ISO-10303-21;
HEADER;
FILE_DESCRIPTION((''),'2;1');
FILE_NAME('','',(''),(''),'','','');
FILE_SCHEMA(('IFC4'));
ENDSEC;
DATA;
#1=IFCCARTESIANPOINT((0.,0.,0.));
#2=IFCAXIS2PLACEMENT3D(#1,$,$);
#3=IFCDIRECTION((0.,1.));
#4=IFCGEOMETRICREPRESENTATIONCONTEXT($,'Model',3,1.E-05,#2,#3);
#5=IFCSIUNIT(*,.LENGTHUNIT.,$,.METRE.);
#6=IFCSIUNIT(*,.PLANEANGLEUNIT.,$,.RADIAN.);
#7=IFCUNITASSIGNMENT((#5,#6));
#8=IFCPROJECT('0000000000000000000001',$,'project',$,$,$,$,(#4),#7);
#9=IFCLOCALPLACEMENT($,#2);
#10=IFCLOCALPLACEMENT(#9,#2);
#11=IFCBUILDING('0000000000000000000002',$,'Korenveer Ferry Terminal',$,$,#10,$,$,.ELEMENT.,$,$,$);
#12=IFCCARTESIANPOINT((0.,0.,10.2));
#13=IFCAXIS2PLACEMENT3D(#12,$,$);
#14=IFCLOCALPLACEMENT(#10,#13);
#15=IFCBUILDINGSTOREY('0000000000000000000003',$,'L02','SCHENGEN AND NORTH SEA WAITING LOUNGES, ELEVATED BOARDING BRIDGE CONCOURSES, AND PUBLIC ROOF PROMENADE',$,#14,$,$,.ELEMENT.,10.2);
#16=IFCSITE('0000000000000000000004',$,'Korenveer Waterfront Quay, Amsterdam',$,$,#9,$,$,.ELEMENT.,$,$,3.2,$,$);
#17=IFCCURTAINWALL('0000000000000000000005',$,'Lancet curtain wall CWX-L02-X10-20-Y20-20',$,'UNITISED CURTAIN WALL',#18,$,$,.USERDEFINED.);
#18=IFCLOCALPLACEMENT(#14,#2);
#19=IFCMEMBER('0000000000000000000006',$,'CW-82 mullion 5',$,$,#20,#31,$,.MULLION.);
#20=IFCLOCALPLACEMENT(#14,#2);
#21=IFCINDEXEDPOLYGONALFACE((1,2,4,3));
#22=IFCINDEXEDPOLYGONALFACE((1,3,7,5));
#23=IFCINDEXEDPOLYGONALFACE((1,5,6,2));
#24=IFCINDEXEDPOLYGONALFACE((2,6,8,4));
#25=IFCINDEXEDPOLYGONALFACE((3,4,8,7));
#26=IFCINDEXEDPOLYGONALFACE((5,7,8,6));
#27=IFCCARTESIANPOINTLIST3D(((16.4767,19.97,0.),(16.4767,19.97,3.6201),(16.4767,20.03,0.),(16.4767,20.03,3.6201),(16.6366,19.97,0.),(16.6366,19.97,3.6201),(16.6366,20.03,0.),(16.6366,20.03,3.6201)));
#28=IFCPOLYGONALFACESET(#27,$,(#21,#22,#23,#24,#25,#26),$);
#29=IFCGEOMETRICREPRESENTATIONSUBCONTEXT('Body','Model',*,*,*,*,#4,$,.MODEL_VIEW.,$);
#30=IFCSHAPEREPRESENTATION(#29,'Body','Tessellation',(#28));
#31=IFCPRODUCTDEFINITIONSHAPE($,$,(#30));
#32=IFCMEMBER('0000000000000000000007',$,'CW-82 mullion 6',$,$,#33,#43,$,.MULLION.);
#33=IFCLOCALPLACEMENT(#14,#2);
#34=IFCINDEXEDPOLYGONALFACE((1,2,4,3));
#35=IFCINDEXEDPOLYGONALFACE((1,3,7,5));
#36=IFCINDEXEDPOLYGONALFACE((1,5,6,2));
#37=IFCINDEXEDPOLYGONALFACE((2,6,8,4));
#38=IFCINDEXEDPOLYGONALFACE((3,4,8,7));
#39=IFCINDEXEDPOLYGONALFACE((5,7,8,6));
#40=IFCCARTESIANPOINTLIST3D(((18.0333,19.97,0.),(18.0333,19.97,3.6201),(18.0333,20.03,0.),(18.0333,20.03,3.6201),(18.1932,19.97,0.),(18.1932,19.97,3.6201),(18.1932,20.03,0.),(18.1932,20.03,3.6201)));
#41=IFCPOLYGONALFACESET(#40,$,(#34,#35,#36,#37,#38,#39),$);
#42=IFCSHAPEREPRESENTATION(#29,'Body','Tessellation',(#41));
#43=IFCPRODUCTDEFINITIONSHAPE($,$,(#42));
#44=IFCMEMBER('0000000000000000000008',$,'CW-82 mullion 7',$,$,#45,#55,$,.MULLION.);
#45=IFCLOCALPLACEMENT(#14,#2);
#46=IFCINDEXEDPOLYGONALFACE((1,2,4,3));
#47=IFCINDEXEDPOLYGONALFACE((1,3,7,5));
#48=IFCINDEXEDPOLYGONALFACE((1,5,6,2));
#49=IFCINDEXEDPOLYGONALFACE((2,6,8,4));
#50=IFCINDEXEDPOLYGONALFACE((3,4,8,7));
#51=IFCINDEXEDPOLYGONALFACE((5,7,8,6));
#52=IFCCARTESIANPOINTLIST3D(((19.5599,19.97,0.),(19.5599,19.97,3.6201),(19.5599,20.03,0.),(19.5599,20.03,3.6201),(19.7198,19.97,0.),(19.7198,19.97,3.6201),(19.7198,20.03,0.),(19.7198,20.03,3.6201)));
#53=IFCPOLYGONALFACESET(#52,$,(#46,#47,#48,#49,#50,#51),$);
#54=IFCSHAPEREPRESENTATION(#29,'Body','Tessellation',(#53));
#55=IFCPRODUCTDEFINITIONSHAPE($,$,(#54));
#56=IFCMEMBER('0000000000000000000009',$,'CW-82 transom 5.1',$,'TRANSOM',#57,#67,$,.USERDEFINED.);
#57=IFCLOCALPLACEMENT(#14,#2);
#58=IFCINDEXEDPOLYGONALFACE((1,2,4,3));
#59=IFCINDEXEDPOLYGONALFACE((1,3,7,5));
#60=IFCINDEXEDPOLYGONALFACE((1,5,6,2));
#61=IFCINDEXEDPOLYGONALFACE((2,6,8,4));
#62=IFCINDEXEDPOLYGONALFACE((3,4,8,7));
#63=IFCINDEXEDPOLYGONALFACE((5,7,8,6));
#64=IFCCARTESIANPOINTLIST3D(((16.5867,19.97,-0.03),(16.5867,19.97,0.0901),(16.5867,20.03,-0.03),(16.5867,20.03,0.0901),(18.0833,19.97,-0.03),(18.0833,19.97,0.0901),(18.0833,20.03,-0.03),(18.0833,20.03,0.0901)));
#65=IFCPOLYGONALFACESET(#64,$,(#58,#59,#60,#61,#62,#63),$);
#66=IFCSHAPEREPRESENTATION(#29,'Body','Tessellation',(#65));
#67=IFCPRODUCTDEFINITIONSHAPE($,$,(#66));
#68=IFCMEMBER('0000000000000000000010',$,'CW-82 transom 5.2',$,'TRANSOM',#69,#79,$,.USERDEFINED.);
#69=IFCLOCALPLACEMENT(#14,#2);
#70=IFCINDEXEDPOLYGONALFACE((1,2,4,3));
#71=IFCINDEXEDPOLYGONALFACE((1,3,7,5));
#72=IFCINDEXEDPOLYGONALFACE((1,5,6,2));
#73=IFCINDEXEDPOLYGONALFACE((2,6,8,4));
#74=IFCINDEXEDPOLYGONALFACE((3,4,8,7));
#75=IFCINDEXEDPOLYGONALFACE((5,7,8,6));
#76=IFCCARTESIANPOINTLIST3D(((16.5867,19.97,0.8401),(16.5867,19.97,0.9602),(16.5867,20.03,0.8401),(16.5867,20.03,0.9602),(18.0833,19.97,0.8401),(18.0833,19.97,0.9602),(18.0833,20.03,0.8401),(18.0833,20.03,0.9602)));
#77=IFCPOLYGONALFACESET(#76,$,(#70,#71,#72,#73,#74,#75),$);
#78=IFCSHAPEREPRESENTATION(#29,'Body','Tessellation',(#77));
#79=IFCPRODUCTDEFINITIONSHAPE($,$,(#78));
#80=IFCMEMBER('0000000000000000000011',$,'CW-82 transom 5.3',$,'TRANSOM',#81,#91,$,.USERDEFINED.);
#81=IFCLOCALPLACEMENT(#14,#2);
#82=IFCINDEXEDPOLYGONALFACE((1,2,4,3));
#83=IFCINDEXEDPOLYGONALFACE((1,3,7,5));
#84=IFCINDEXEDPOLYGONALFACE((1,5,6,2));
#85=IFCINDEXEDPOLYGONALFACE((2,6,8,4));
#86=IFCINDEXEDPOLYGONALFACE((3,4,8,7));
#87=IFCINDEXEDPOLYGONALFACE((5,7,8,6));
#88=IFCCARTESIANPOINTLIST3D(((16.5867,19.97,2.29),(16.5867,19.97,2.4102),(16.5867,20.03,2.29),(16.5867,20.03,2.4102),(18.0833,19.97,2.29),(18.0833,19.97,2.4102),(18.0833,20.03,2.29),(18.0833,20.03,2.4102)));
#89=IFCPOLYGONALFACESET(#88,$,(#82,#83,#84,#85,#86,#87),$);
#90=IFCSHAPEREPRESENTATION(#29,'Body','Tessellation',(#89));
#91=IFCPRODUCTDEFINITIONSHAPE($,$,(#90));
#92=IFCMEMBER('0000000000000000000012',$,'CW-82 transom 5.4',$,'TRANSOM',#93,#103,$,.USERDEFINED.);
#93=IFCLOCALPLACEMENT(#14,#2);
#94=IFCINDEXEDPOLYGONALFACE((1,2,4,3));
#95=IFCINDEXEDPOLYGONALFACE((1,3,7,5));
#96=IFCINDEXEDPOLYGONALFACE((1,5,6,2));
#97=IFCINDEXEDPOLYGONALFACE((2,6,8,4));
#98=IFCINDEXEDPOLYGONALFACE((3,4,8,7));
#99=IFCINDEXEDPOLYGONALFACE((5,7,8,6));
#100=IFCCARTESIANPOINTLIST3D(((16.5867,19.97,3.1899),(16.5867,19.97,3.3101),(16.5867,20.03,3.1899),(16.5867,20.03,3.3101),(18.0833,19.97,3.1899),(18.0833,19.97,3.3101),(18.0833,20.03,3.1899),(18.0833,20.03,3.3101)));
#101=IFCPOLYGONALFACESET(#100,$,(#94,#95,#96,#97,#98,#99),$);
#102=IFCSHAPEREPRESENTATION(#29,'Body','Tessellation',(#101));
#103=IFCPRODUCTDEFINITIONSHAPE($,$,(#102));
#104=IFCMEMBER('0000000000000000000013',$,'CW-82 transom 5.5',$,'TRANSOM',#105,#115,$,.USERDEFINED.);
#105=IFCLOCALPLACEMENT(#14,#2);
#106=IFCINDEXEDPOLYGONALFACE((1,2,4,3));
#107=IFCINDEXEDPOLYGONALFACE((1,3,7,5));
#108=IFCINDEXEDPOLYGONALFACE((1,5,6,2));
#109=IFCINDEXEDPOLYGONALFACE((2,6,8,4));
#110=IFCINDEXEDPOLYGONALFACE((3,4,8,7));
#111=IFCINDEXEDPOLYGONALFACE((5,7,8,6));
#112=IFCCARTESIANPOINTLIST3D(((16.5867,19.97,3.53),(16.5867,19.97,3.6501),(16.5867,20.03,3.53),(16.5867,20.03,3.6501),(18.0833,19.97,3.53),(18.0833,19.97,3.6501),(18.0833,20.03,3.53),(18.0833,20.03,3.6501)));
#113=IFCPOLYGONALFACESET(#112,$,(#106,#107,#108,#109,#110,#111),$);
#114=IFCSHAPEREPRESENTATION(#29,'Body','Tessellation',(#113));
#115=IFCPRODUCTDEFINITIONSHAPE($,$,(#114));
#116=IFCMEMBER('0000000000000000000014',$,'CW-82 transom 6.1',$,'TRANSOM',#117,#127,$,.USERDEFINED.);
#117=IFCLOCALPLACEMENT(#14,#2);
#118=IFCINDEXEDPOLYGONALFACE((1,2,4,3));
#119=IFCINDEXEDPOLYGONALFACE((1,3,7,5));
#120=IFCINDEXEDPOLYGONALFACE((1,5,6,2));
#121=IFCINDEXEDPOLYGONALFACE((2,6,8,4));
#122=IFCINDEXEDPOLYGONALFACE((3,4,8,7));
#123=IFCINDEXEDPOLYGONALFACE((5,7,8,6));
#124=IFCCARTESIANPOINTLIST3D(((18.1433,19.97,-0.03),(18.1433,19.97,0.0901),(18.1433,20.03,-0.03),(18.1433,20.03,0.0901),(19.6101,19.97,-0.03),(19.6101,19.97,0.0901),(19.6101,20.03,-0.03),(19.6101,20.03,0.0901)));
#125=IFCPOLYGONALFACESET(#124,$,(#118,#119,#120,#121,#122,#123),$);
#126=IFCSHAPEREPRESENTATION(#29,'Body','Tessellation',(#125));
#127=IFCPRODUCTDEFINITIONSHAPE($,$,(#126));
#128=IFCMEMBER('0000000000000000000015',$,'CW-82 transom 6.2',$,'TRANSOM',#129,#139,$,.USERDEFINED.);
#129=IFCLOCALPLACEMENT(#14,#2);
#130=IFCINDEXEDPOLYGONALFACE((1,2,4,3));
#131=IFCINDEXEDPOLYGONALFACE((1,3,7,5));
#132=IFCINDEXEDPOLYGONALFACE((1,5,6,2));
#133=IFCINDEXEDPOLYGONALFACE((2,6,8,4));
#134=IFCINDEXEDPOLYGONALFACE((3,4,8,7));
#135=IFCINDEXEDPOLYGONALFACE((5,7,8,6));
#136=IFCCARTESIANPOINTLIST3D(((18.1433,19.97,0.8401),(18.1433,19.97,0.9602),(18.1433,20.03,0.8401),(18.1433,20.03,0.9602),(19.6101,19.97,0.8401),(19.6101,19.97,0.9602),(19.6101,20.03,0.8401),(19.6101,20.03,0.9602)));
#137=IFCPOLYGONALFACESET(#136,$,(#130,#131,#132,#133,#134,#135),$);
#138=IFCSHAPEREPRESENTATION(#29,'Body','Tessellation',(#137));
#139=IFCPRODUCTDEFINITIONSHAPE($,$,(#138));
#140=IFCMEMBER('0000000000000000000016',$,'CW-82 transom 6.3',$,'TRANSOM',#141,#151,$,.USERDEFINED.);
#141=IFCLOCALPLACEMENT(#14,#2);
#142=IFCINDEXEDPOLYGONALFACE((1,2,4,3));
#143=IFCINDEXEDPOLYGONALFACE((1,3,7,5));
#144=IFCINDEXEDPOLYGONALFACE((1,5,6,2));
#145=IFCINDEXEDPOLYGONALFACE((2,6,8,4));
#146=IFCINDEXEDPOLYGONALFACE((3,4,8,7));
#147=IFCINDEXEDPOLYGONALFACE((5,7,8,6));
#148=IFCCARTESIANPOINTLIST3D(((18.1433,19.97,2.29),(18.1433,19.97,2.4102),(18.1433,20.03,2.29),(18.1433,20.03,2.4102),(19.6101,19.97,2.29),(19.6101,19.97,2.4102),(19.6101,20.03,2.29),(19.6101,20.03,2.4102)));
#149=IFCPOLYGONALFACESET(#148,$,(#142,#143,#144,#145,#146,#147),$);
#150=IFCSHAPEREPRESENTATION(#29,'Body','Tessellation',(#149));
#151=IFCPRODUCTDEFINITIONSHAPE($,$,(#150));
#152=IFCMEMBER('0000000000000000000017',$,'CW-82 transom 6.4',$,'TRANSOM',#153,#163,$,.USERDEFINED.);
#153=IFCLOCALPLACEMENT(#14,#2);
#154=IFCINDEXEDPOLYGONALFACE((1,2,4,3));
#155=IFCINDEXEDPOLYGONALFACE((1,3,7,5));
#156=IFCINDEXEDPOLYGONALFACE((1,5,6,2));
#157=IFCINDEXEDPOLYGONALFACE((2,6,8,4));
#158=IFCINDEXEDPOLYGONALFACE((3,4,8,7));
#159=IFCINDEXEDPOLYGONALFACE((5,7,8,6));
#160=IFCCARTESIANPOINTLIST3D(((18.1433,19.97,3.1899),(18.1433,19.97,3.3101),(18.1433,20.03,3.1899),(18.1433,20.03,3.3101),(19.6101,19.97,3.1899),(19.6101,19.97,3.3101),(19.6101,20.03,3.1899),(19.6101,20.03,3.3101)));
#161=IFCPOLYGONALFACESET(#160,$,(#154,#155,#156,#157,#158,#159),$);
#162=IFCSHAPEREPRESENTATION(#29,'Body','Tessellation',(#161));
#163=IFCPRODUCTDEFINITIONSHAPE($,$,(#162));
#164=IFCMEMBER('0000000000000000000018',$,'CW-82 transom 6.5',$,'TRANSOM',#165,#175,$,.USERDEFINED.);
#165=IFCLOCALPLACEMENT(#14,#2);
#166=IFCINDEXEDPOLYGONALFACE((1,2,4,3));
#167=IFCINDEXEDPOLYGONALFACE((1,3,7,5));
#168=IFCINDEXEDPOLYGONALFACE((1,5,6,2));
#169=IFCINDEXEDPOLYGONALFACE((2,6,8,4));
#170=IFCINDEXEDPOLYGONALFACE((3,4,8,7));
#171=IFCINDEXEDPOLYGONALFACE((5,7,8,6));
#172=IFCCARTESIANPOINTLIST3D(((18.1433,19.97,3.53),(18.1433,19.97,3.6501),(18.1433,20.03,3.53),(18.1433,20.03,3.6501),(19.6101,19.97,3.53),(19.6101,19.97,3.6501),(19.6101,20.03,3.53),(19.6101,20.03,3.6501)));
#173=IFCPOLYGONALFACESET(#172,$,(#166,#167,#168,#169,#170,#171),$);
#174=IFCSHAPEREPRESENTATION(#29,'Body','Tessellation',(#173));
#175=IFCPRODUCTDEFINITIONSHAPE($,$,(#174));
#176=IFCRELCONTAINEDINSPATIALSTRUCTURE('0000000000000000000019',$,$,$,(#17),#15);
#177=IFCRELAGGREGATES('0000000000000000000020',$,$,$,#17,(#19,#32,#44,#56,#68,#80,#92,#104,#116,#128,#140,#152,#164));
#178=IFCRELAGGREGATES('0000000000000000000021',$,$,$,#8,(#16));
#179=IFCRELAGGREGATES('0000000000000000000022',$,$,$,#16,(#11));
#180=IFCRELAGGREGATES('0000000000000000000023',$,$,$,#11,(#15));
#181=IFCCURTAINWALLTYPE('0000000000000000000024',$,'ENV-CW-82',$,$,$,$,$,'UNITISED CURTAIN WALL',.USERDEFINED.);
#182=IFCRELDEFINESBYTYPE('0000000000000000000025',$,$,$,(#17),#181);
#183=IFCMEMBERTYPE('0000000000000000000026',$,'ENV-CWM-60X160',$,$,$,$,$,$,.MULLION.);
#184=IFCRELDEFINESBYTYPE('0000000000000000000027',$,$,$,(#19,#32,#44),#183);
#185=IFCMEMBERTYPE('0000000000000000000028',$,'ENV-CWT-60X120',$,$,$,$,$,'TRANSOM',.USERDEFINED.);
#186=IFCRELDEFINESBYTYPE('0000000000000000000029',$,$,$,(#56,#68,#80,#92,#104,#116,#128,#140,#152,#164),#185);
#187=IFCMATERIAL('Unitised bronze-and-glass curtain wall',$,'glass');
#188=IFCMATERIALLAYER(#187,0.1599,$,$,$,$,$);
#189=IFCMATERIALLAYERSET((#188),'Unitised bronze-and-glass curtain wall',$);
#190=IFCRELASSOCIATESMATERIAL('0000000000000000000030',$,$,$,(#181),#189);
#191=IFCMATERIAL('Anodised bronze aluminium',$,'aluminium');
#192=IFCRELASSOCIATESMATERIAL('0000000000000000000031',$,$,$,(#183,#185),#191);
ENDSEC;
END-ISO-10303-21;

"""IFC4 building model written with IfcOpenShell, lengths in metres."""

from ifc_helpers import new_model, si_unit, direction, frame, origin, origin_2d, place, context, subcontext, project, spatial, rectangle, extrude, material, layer, layer_set, material_profile, profile_set, type_object, element, aggregate, save


model = new_model("IFC4")

# Units and contexts
model_context = context("Model", 3, precision=1e-05, world=origin(), true_north=direction((0.0, 1.0)))
body_context = subcontext(model_context, "Body", "Model", "MODEL_VIEW")
ifc_project = project(units=[si_unit("LENGTHUNIT", "METRE"), si_unit("PLANEANGLEUNIT", "RADIAN")], contexts=[model_context])

# Site, building, storey
site_placement = place(None, origin())
site = spatial("IfcSite", under=ifc_project, at=site_placement, Name="Korenveer Waterfront Quay, Amsterdam", CompositionType="ELEMENT", RefElevation=3.2)
building_placement = place(site_placement, origin())
building = spatial("IfcBuilding", under=site, at=building_placement, Name="Korenveer Ferry Terminal", CompositionType="ELEMENT")
storey_placement = place(building_placement, frame((0.0, 0.0, 10.2)))
storey = spatial("IfcBuildingStorey", under=building, at=storey_placement, Name="L02", Description="SCHENGEN AND NORTH SEA WAITING LOUNGES, ELEVATED BOARDING BRIDGE CONCOURSES, AND PUBLIC ROOF PROMENADE", CompositionType="ELEMENT", Elevation=10.2)

# Curtain wall, members
ifc_material_1 = material(Name="Unitised bronze-and-glass curtain wall", Category="glass")
ifc_layer_1 = layer(ifc_material_1, 0.1599)
ifc_layer_set_1 = layer_set([ifc_layer_1], Name="Unitised bronze-and-glass curtain wall")
curtain_wall_type = type_object("IfcCurtainWallType", Name="ENV-CW-82", ElementType="UNITISED CURTAIN WALL", PredefinedType="USERDEFINED", material=ifc_layer_set_1)
curtain_wall_placement = place(storey_placement, frame((10.3301, 20.0, 0.0)))
curtain_wall = element("IfcCurtainWall", 1, at=curtain_wall_placement, inside=storey, type_object=curtain_wall_type, Name="Lancet curtain wall CWX-L02-X10-20-Y20-20", ObjectType="UNITISED CURTAIN WALL", PredefinedType="USERDEFINED")
ifc_material_2 = material(Name="Anodised bronze aluminium", Category="aluminium")
ifc_material_profile_1 = material_profile(ifc_material_2, rectangle(XDim=0.0601, YDim=0.1599, at=origin_2d()), Name="ALU 60x160")
ifc_profile_set_1 = profile_set([ifc_material_profile_1], Name="Anodised bronze aluminium")
member_type_1 = type_object("IfcMemberType", Name="ENV-CWM-60X160", PredefinedType="MULLION", material=ifc_profile_set_1)
member_1_placement = place(storey_placement, frame((16.5566, 20.0, 0.0), z_axis=(0.0, 0.0, 1.0), x_axis=(0.0, 1.0, 0.0)))
member_1 = element("IfcMember", 2, at=member_1_placement, type_object=member_type_1, Name="CW-82 mullion 5", PredefinedType="MULLION", context=body_context, shape_type="SweptSolid", body=[
    extrude(rectangle(XDim=0.0601, YDim=0.1599, at=origin_2d()), origin(), (0.0, 0.0, 1.0), 3.6201),
])
member_2_placement = place(storey_placement, frame((18.1133, 20.0, 0.0), z_axis=(0.0, 0.0, 1.0), x_axis=(0.0, 1.0, 0.0)))
member_2 = element("IfcMember", 3, at=member_2_placement, type_object=member_type_1, Name="CW-82 mullion 6", PredefinedType="MULLION", context=body_context, shape_type="SweptSolid", body=[
    extrude(rectangle(XDim=0.0601, YDim=0.1599, at=origin_2d()), origin(), (0.0, 0.0, 1.0), 3.6201),
])
member_3_placement = place(storey_placement, frame((19.6399, 20.0, 0.0), z_axis=(0.0, 0.0, 1.0), x_axis=(0.0, 1.0, 0.0)))
member_3 = element("IfcMember", 4, at=member_3_placement, type_object=member_type_1, Name="CW-82 mullion 7", PredefinedType="MULLION", context=body_context, shape_type="SweptSolid", body=[
    extrude(rectangle(XDim=0.0601, YDim=0.1599, at=origin_2d()), origin(), (0.0, 0.0, 1.0), 3.6201),
])
ifc_material_profile_2 = material_profile(ifc_material_2, rectangle(XDim=0.0601, YDim=0.1201, at=origin_2d()), Name="ALU 60x120")
ifc_profile_set_2 = profile_set([ifc_material_profile_2], Name="Anodised bronze aluminium")
member_type_2 = type_object("IfcMemberType", Name="ENV-CWT-60X120", ElementType="TRANSOM", PredefinedType="USERDEFINED", material=ifc_profile_set_2)
member_4_placement = place(storey_placement, frame((16.5867, 20.0, 0.03), z_axis=(1.0, 0.0, 0.0), x_axis=(0.0, 1.0, 0.0)))
member_4 = element("IfcMember", 5, at=member_4_placement, type_object=member_type_2, Name="CW-82 transom 5.1", ObjectType="TRANSOM", PredefinedType="USERDEFINED", context=body_context, shape_type="SweptSolid", body=[
    extrude(rectangle(XDim=0.0601, YDim=0.1201, at=origin_2d()), origin(), (0.0, 0.0, 1.0), 1.4966),
])
member_5_placement = place(storey_placement, frame((16.5867, 20.0, 0.9001), z_axis=(1.0, 0.0, 0.0), x_axis=(0.0, 1.0, 0.0)))
member_5 = element("IfcMember", 6, at=member_5_placement, type_object=member_type_2, Name="CW-82 transom 5.2", ObjectType="TRANSOM", PredefinedType="USERDEFINED", context=body_context, shape_type="SweptSolid", body=[
    extrude(rectangle(XDim=0.0601, YDim=0.1201, at=origin_2d()), origin(), (0.0, 0.0, 1.0), 1.4966),
])
member_6_placement = place(storey_placement, frame((16.5867, 20.0, 2.3501), z_axis=(1.0, 0.0, 0.0), x_axis=(0.0, 1.0, 0.0)))
member_6 = element("IfcMember", 7, at=member_6_placement, type_object=member_type_2, Name="CW-82 transom 5.3", ObjectType="TRANSOM", PredefinedType="USERDEFINED", context=body_context, shape_type="SweptSolid", body=[
    extrude(rectangle(XDim=0.0601, YDim=0.1201, at=origin_2d()), origin(), (0.0, 0.0, 1.0), 1.4966),
])
member_7_placement = place(storey_placement, frame((16.5867, 20.0, 3.25), z_axis=(1.0, 0.0, 0.0), x_axis=(0.0, 1.0, 0.0)))
member_7 = element("IfcMember", 8, at=member_7_placement, type_object=member_type_2, Name="CW-82 transom 5.4", ObjectType="TRANSOM", PredefinedType="USERDEFINED", context=body_context, shape_type="SweptSolid", body=[
    extrude(rectangle(XDim=0.0601, YDim=0.1201, at=origin_2d()), origin(), (0.0, 0.0, 1.0), 1.4966),
])
member_8_placement = place(storey_placement, frame((16.5867, 20.0, 3.5901), z_axis=(1.0, 0.0, 0.0), x_axis=(0.0, 1.0, 0.0)))
member_8 = element("IfcMember", 9, at=member_8_placement, type_object=member_type_2, Name="CW-82 transom 5.5", ObjectType="TRANSOM", PredefinedType="USERDEFINED", context=body_context, shape_type="SweptSolid", body=[
    extrude(rectangle(XDim=0.0601, YDim=0.1201, at=origin_2d()), origin(), (0.0, 0.0, 1.0), 1.4966),
])
member_9_placement = place(storey_placement, frame((18.1433, 20.0, 0.03), z_axis=(1.0, 0.0, 0.0), x_axis=(0.0, 1.0, 0.0)))
member_9 = element("IfcMember", 10, at=member_9_placement, type_object=member_type_2, Name="CW-82 transom 6.1", ObjectType="TRANSOM", PredefinedType="USERDEFINED", context=body_context, shape_type="SweptSolid", body=[
    extrude(rectangle(XDim=0.0601, YDim=0.1201, at=origin_2d()), origin(), (0.0, 0.0, 1.0), 1.4668),
])
member_10_placement = place(storey_placement, frame((18.1433, 20.0, 0.9001), z_axis=(1.0, 0.0, 0.0), x_axis=(0.0, 1.0, 0.0)))
member_10 = element("IfcMember", 11, at=member_10_placement, type_object=member_type_2, Name="CW-82 transom 6.2", ObjectType="TRANSOM", PredefinedType="USERDEFINED", context=body_context, shape_type="SweptSolid", body=[
    extrude(rectangle(XDim=0.0601, YDim=0.1201, at=origin_2d()), origin(), (0.0, 0.0, 1.0), 1.4668),
])
member_11_placement = place(storey_placement, frame((18.1433, 20.0, 2.3501), z_axis=(1.0, 0.0, 0.0), x_axis=(0.0, 1.0, 0.0)))
member_11 = element("IfcMember", 12, at=member_11_placement, type_object=member_type_2, Name="CW-82 transom 6.3", ObjectType="TRANSOM", PredefinedType="USERDEFINED", context=body_context, shape_type="SweptSolid", body=[
    extrude(rectangle(XDim=0.0601, YDim=0.1201, at=origin_2d()), origin(), (0.0, 0.0, 1.0), 1.4668),
])
member_12_placement = place(storey_placement, frame((18.1433, 20.0, 3.25), z_axis=(1.0, 0.0, 0.0), x_axis=(0.0, 1.0, 0.0)))
member_12 = element("IfcMember", 13, at=member_12_placement, type_object=member_type_2, Name="CW-82 transom 6.4", ObjectType="TRANSOM", PredefinedType="USERDEFINED", context=body_context, shape_type="SweptSolid", body=[
    extrude(rectangle(XDim=0.0601, YDim=0.1201, at=origin_2d()), origin(), (0.0, 0.0, 1.0), 1.4668),
])
member_13_placement = place(storey_placement, frame((18.1433, 20.0, 3.5901), z_axis=(1.0, 0.0, 0.0), x_axis=(0.0, 1.0, 0.0)))
member_13 = element("IfcMember", 14, at=member_13_placement, type_object=member_type_2, Name="CW-82 transom 6.5", ObjectType="TRANSOM", PredefinedType="USERDEFINED", context=body_context, shape_type="SweptSolid", body=[
    extrude(rectangle(XDim=0.0601, YDim=0.1201, at=origin_2d()), origin(), (0.0, 0.0, 1.0), 1.4668),
])

aggregate(curtain_wall, [member_1, member_2, member_3, member_4, member_5, member_6, member_7, member_8, member_9, member_10, member_11, member_12, member_13])

save(model, "model.ifc")
